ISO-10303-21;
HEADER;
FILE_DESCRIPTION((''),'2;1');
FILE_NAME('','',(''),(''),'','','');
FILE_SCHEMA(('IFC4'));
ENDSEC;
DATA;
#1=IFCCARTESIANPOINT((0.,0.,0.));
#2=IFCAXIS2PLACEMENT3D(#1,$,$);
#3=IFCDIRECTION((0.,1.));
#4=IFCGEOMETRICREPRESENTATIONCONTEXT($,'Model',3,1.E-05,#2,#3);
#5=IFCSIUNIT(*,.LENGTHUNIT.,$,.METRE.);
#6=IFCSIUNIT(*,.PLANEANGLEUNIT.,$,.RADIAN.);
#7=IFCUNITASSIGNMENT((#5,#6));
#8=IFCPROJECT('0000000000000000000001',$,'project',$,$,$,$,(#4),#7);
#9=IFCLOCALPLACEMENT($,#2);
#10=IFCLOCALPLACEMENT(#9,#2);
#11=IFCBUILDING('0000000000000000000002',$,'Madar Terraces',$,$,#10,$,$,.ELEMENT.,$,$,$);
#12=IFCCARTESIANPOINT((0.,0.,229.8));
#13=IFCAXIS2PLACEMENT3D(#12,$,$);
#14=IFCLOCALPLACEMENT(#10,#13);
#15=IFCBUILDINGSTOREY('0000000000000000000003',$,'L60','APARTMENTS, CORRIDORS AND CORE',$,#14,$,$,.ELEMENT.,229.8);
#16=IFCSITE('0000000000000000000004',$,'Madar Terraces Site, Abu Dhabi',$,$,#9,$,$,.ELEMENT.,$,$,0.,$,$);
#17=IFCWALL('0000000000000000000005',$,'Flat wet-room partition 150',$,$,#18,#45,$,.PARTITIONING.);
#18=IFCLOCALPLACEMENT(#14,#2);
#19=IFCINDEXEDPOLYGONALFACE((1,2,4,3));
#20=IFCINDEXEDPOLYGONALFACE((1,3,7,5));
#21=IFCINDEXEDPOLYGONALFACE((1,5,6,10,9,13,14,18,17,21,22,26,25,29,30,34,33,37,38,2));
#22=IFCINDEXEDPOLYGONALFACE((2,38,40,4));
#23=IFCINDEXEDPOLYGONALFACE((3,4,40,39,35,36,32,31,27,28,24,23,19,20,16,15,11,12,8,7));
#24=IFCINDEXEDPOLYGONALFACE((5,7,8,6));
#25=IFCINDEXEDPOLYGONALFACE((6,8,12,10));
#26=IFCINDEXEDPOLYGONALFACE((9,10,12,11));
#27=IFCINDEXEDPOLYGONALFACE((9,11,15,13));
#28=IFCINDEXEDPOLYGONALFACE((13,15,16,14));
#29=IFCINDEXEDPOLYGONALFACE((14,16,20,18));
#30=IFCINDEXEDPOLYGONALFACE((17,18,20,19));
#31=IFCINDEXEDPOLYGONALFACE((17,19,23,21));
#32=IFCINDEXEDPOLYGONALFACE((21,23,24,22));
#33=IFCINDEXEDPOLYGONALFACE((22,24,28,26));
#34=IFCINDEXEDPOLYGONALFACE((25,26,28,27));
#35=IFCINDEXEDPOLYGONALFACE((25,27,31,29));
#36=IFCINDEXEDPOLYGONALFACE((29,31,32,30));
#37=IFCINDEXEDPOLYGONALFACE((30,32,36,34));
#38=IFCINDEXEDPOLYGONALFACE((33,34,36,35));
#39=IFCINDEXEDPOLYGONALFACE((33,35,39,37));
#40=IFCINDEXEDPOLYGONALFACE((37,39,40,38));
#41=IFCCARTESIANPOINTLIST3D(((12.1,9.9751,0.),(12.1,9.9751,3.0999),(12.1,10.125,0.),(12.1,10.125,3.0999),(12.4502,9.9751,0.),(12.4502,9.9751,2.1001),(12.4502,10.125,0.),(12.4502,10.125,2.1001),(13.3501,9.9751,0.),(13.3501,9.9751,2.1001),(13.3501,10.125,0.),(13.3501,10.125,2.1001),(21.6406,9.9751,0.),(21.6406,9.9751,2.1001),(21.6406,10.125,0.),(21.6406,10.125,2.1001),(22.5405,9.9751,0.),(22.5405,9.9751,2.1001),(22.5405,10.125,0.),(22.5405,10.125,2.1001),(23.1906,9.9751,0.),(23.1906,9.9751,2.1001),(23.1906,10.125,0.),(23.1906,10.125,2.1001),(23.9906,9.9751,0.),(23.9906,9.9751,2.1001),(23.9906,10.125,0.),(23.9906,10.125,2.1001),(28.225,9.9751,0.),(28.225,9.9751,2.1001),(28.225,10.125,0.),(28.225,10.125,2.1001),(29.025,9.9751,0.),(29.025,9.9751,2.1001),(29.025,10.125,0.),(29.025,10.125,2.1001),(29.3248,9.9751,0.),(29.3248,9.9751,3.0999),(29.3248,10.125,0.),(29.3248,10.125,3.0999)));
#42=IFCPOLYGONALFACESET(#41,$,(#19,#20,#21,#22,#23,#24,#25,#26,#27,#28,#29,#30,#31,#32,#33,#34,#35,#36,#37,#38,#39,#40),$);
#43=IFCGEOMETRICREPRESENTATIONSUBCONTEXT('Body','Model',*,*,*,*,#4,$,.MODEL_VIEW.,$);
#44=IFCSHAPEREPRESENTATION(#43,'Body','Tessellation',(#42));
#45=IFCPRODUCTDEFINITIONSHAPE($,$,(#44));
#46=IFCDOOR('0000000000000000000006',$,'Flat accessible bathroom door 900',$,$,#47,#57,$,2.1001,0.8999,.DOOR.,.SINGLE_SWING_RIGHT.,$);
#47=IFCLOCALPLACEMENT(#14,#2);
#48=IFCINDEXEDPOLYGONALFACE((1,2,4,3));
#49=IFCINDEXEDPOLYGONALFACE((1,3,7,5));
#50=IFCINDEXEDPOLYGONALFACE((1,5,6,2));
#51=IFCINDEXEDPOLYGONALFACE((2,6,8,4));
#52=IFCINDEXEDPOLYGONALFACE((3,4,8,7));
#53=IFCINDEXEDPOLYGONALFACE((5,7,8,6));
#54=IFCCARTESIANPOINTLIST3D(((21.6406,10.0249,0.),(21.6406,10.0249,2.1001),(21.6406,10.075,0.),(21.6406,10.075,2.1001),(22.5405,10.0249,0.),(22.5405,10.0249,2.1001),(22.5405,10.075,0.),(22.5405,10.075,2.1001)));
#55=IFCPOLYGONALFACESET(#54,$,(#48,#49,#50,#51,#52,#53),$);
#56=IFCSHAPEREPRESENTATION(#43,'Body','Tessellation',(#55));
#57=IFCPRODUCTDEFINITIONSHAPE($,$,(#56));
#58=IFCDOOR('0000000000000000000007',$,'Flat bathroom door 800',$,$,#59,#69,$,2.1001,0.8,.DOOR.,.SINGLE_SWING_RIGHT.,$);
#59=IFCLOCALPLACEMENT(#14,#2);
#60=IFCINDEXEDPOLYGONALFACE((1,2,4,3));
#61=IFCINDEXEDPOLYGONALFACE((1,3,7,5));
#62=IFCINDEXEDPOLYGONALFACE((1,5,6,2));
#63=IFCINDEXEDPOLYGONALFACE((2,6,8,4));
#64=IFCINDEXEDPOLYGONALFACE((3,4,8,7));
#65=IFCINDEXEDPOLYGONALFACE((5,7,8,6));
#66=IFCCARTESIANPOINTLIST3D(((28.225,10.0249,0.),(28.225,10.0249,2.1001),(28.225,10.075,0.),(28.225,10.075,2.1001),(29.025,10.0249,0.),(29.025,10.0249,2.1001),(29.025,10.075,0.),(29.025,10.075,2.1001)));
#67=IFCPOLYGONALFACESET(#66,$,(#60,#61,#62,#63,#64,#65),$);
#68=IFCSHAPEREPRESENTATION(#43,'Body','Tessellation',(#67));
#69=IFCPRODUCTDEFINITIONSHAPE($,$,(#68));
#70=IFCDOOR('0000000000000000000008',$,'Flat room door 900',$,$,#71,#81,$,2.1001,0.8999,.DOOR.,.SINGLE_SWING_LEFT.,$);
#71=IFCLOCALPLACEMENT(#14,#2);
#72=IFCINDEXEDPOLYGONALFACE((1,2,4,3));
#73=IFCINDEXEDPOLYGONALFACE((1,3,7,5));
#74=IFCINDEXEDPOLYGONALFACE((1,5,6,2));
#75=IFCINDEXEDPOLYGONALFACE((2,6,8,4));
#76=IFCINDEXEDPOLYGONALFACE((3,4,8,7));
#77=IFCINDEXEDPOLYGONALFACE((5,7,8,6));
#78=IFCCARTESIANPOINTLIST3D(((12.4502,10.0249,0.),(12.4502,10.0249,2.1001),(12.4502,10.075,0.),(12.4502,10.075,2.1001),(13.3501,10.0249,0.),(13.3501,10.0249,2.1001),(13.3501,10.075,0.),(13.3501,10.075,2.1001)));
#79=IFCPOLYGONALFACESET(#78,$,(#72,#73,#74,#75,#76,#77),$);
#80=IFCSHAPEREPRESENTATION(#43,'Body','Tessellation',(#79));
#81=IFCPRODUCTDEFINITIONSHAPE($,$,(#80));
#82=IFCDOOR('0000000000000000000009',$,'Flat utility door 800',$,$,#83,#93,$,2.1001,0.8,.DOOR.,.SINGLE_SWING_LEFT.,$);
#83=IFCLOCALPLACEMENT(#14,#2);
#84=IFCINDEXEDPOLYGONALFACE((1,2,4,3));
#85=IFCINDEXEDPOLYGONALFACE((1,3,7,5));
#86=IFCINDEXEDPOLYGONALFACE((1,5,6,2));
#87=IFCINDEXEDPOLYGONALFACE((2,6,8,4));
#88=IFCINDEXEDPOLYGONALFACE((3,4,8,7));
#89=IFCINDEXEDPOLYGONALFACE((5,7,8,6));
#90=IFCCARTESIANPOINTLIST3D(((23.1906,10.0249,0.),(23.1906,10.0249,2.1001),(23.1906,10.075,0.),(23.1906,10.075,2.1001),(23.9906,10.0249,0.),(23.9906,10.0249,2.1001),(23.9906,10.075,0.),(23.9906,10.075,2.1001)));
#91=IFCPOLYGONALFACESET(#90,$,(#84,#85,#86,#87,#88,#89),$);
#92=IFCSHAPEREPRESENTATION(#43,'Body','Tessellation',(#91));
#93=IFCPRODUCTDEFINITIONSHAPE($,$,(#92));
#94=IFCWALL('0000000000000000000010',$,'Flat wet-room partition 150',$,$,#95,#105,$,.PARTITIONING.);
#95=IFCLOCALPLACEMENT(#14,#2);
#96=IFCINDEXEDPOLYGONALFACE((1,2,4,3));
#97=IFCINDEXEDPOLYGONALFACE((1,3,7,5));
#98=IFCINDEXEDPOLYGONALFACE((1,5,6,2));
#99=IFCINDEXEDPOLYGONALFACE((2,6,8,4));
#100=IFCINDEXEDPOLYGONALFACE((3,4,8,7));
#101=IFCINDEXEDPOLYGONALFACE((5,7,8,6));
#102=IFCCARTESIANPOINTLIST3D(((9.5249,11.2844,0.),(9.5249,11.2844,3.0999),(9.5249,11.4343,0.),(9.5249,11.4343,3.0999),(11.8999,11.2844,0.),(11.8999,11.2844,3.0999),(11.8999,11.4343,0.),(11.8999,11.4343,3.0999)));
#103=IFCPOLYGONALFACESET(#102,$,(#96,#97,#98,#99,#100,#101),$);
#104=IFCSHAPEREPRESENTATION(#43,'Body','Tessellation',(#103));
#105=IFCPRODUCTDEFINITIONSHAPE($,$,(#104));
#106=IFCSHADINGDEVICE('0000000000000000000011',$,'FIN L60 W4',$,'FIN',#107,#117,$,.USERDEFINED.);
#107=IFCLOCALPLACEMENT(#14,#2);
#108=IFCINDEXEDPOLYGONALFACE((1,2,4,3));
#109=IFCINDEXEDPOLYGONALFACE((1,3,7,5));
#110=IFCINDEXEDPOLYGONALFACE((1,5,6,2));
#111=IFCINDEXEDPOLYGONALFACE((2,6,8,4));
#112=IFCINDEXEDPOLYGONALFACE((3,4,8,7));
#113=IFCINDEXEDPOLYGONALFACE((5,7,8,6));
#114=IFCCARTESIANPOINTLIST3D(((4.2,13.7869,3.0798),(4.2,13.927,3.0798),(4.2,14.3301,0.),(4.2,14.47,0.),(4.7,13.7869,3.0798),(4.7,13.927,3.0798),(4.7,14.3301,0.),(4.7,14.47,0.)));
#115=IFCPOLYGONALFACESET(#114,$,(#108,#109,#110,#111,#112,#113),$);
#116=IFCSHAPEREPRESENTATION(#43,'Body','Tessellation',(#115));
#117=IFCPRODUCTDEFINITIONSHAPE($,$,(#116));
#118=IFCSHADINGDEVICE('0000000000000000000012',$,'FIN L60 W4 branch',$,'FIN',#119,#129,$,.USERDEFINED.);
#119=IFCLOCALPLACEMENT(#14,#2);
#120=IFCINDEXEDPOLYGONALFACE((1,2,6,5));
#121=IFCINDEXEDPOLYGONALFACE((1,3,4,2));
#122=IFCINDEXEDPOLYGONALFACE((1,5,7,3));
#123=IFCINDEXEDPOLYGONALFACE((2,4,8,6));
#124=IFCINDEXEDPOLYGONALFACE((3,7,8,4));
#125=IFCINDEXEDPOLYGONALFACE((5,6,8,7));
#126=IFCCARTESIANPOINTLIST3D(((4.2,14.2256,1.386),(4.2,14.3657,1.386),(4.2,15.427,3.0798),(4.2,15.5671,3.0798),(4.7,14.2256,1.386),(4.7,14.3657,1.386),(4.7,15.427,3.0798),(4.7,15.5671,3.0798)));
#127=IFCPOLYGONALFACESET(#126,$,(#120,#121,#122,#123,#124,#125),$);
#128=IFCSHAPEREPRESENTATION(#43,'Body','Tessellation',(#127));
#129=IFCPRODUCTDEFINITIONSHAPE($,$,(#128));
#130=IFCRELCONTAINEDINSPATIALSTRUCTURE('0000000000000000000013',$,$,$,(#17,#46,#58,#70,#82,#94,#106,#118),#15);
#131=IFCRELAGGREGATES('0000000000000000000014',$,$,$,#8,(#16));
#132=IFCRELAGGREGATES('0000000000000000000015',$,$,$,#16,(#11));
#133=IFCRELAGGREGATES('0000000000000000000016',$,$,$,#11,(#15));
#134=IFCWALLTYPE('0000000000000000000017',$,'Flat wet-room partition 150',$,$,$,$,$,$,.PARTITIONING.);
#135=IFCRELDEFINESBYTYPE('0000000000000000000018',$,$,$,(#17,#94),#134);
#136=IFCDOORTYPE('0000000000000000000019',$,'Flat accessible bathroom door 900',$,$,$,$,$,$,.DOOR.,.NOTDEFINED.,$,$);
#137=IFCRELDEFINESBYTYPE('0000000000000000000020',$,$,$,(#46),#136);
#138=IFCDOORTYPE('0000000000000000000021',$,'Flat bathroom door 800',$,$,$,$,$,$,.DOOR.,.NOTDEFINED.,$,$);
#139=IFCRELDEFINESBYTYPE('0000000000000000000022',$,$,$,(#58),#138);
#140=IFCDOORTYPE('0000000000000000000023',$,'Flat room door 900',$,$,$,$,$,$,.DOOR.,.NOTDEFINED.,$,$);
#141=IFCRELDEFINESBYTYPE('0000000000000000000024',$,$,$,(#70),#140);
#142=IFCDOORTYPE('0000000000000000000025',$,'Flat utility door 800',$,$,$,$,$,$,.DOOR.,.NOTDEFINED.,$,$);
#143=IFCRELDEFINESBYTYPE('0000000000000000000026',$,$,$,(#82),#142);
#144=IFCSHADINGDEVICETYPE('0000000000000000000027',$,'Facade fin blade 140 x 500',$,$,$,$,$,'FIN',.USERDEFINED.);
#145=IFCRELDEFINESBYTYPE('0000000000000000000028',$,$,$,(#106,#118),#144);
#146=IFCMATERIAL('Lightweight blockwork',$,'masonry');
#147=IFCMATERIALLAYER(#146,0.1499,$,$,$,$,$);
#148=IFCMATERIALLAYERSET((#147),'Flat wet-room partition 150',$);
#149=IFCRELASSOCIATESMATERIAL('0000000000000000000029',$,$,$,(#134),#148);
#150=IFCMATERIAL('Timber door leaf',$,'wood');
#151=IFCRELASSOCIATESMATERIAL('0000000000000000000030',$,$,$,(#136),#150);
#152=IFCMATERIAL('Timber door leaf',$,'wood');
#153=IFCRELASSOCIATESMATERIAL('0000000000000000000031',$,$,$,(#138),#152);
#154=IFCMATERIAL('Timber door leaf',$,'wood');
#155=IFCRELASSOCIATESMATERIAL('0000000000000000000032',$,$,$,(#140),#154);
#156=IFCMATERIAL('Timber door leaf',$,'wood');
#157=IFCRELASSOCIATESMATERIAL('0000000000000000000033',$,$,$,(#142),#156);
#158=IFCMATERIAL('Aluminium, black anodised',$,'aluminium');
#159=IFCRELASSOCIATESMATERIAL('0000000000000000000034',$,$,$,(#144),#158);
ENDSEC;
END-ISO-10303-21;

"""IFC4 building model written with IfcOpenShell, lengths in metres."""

from ifc_helpers import new_model, si_unit, direction, frame, frame_2d, origin, place, context, subcontext, project, spatial, polyline, rectangle, outline, extrude, material, layer, layer_set, type_object, element, fill, save


model = new_model("IFC4")

# Units and contexts
model_context = context("Model", 3, precision=1e-05, world=origin(), true_north=direction((0.0, 1.0)))
body_context = subcontext(model_context, "Body", "Model", "MODEL_VIEW")
ifc_project = project(units=[si_unit("LENGTHUNIT", "METRE"), si_unit("PLANEANGLEUNIT", "RADIAN")], contexts=[model_context])

# Site, building, storey
site_placement = place(None, origin())
site = spatial("IfcSite", under=ifc_project, at=site_placement, Name="Madar Terraces Site, Abu Dhabi", CompositionType="ELEMENT", RefElevation=0.0)
building_placement = place(site_placement, origin())
building = spatial("IfcBuilding", under=site, at=building_placement, Name="Madar Terraces", CompositionType="ELEMENT")
storey_placement = place(building_placement, frame((0.0, 0.0, 229.8)))
storey = spatial("IfcBuildingStorey", under=building, at=storey_placement, Name="L60", Description="APARTMENTS, CORRIDORS AND CORE", CompositionType="ELEMENT", Elevation=229.8)

# Wall, openings, doors
ifc_material_1 = material(Name="Lightweight blockwork", Category="masonry")
ifc_layer_1 = layer(ifc_material_1, 0.1499)
ifc_layer_set_1 = layer_set([ifc_layer_1], Name="Flat wet-room partition 150")
wall_type_1 = type_object("IfcWallType", Name="Flat wet-room partition 150", PredefinedType="PARTITIONING", material=ifc_layer_set_1)
wall_1_placement = place(storey_placement, frame((12.1001, 10.05, 0.0), z_axis=(0.0, 0.0, 1.0), x_axis=(1.0, 0.0, 0.0)))
wall_1 = element("IfcWall", 1, at=wall_1_placement, inside=storey, type_object=wall_type_1, Name="Flat wet-room partition 150", PredefinedType="PARTITIONING", context=body_context, shape_type="SweptSolid", body=[
    extrude(rectangle(XDim=17.2249, YDim=0.1499, at=frame_2d((8.6123, 0.0))), origin(), (0.0, 0.0, 1.0), 3.0999),
])
opening_1_placement = place(wall_1_placement, frame((16.125, 0.0, 0.0)))
opening_1 = element("IfcOpeningElement", 2, at=opening_1_placement, cuts=wall_1, PredefinedType="OPENING", context=body_context, shape_type="SweptSolid", body=[
    extrude(rectangle(XDim=0.8, YDim=2.1001, at=frame_2d((0.3999, 1.05))), frame((0.0, 0.085, 0.0), z_axis=(0.0, -1.0, 0.0), x_axis=(1.0, 0.0, 0.0)), (0.0, 0.0, 1.0), 0.1699),
])
opening_2_placement = place(wall_1_placement, frame((11.0906, 0.0, 0.0)))
opening_2 = element("IfcOpeningElement", 3, at=opening_2_placement, cuts=wall_1, PredefinedType="OPENING", context=body_context, shape_type="SweptSolid", body=[
    extrude(rectangle(XDim=0.8, YDim=2.1001, at=frame_2d((0.3999, 1.05))), frame((0.0, 0.085, 0.0), z_axis=(0.0, -1.0, 0.0), x_axis=(1.0, 0.0, 0.0)), (0.0, 0.0, 1.0), 0.1699),
])
opening_3_placement = place(wall_1_placement, frame((9.5405, 0.0, 0.0)))
opening_3 = element("IfcOpeningElement", 4, at=opening_3_placement, cuts=wall_1, PredefinedType="OPENING", context=body_context, shape_type="SweptSolid", body=[
    extrude(rectangle(XDim=0.8999, YDim=2.1001, at=frame_2d((0.45, 1.05))), frame((0.0, 0.085, 0.0), z_axis=(0.0, -1.0, 0.0), x_axis=(1.0, 0.0, 0.0)), (0.0, 0.0, 1.0), 0.1699),
])
opening_4_placement = place(wall_1_placement, frame((0.3501, 0.0, 0.0)))
opening_4 = element("IfcOpeningElement", 5, at=opening_4_placement, cuts=wall_1, PredefinedType="OPENING", context=body_context, shape_type="SweptSolid", body=[
    extrude(rectangle(XDim=0.8999, YDim=2.1001, at=frame_2d((0.45, 1.05))), frame((0.0, 0.085, 0.0), z_axis=(0.0, -1.0, 0.0), x_axis=(1.0, 0.0, 0.0)), (0.0, 0.0, 1.0), 0.1699),
])
ifc_material_2 = material(Name="Timber door leaf", Category="wood")
door_type_1 = type_object("IfcDoorType", Name="Flat accessible bathroom door 900", OperationType="NOTDEFINED", PredefinedType="DOOR", material=ifc_material_2)
door_1_placement = place(opening_3_placement, origin())
door_1 = element("IfcDoor", 6, at=door_1_placement, inside=storey, type_object=door_type_1, Name="Flat accessible bathroom door 900", OperationType="SINGLE_SWING_RIGHT", OverallHeight=2.1001, OverallWidth=0.8999, PredefinedType="DOOR", context=body_context, shape_type="SweptSolid", body=[
    extrude(rectangle(XDim=0.8999, YDim=2.1001, at=frame_2d((0.45, 1.05))), frame((0.0, 0.0249, 0.0), z_axis=(0.0, -1.0, 0.0), x_axis=(1.0, 0.0, 0.0)), (0.0, 0.0, 1.0), 0.05),
])
fill(opening_3, door_1)
ifc_material_3 = material(Name="Timber door leaf", Category="wood")
door_type_2 = type_object("IfcDoorType", Name="Flat bathroom door 800", OperationType="NOTDEFINED", PredefinedType="DOOR", material=ifc_material_3)
door_2_placement = place(opening_1_placement, origin())
door_2 = element("IfcDoor", 7, at=door_2_placement, inside=storey, type_object=door_type_2, Name="Flat bathroom door 800", OperationType="SINGLE_SWING_RIGHT", OverallHeight=2.1001, OverallWidth=0.8, PredefinedType="DOOR", context=body_context, shape_type="SweptSolid", body=[
    extrude(rectangle(XDim=0.8, YDim=2.1001, at=frame_2d((0.3999, 1.05))), frame((0.0, 0.0249, 0.0), z_axis=(0.0, -1.0, 0.0), x_axis=(1.0, 0.0, 0.0)), (0.0, 0.0, 1.0), 0.05),
])
fill(opening_1, door_2)
ifc_material_4 = material(Name="Timber door leaf", Category="wood")
door_type_3 = type_object("IfcDoorType", Name="Flat room door 900", OperationType="NOTDEFINED", PredefinedType="DOOR", material=ifc_material_4)
door_3_placement = place(opening_4_placement, origin())
door_3 = element("IfcDoor", 8, at=door_3_placement, inside=storey, type_object=door_type_3, Name="Flat room door 900", OperationType="SINGLE_SWING_LEFT", OverallHeight=2.1001, OverallWidth=0.8999, PredefinedType="DOOR", context=body_context, shape_type="SweptSolid", body=[
    extrude(rectangle(XDim=0.8999, YDim=2.1001, at=frame_2d((0.45, 1.05))), frame((0.0, 0.0249, 0.0), z_axis=(0.0, -1.0, 0.0), x_axis=(1.0, 0.0, 0.0)), (0.0, 0.0, 1.0), 0.05),
])
fill(opening_4, door_3)
ifc_material_5 = material(Name="Timber door leaf", Category="wood")
door_type_4 = type_object("IfcDoorType", Name="Flat utility door 800", OperationType="NOTDEFINED", PredefinedType="DOOR", material=ifc_material_5)
door_4_placement = place(opening_2_placement, origin())
door_4 = element("IfcDoor", 9, at=door_4_placement, inside=storey, type_object=door_type_4, Name="Flat utility door 800", OperationType="SINGLE_SWING_LEFT", OverallHeight=2.1001, OverallWidth=0.8, PredefinedType="DOOR", context=body_context, shape_type="SweptSolid", body=[
    extrude(rectangle(XDim=0.8, YDim=2.1001, at=frame_2d((0.3999, 1.05))), frame((0.0, 0.0249, 0.0), z_axis=(0.0, -1.0, 0.0), x_axis=(1.0, 0.0, 0.0)), (0.0, 0.0, 1.0), 0.05),
])
fill(opening_2, door_4)

# Wall
wall_2_placement = place(storey_placement, frame((11.8999, 11.3594, 0.0), z_axis=(0.0, 0.0, 1.0), x_axis=(-1.0, 0.0, 0.0)))
element("IfcWall", 10, at=wall_2_placement, inside=storey, type_object=wall_type_1, Name="Flat wet-room partition 150", PredefinedType="PARTITIONING", context=body_context, shape_type="SweptSolid", body=[
    extrude(rectangle(XDim=2.375, YDim=0.1499, at=frame_2d((1.1875, 0.0))), origin(), (0.0, 0.0, 1.0), 3.0999),
])

# Shading devices
ifc_material_6 = material(Name="Aluminium, black anodised", Category="aluminium")
shading_device_type = type_object("IfcShadingDeviceType", Name="Facade fin blade 140 x 500", ElementType="FIN", PredefinedType="USERDEFINED", material=ifc_material_6)
shading_device_1_placement = place(storey_placement, frame((4.45, 14.47, 0.0), z_axis=(0.0, 0.0, 1.0), x_axis=(0.0, -1.0, 0.0)))
element("IfcShadingDevice", 11, at=shading_device_1_placement, inside=storey, type_object=shading_device_type, Name="FIN L60 W4", ObjectType="FIN", PredefinedType="USERDEFINED", context=body_context, shape_type="SweptSolid", body=[
    extrude(outline(polyline([(0.0, 0.0), (0.1399, 0.0), (0.6831, 3.0798), (0.543, 3.0798), (0.0, 0.0)])), frame((0.0, 0.25, 0.0), z_axis=(0.0, -1.0, 0.0), x_axis=(1.0, 0.0, 0.0)), (0.0, 0.0, 1.0), 0.5),
])
shading_device_2_placement = place(storey_placement, frame((4.45, 14.3657, 1.386), z_axis=(0.0, 0.0, 1.0), x_axis=(0.0, -1.0, 0.0)))
element("IfcShadingDevice", 12, at=shading_device_2_placement, inside=storey, type_object=shading_device_type, Name="FIN L60 W4 branch", ObjectType="FIN", PredefinedType="USERDEFINED", context=body_context, shape_type="SweptSolid", body=[
    extrude(outline(polyline([(0.0, 0.0), (0.1401, 0.0), (-1.0613, 1.6938), (-1.2014, 1.6938), (0.0, 0.0)])), frame((0.0, 0.25, 0.0), z_axis=(0.0, -1.0, 0.0), x_axis=(1.0, 0.0, 0.0)), (0.0, 0.0, 1.0), 0.5),
])

save(model, "model.ifc")
